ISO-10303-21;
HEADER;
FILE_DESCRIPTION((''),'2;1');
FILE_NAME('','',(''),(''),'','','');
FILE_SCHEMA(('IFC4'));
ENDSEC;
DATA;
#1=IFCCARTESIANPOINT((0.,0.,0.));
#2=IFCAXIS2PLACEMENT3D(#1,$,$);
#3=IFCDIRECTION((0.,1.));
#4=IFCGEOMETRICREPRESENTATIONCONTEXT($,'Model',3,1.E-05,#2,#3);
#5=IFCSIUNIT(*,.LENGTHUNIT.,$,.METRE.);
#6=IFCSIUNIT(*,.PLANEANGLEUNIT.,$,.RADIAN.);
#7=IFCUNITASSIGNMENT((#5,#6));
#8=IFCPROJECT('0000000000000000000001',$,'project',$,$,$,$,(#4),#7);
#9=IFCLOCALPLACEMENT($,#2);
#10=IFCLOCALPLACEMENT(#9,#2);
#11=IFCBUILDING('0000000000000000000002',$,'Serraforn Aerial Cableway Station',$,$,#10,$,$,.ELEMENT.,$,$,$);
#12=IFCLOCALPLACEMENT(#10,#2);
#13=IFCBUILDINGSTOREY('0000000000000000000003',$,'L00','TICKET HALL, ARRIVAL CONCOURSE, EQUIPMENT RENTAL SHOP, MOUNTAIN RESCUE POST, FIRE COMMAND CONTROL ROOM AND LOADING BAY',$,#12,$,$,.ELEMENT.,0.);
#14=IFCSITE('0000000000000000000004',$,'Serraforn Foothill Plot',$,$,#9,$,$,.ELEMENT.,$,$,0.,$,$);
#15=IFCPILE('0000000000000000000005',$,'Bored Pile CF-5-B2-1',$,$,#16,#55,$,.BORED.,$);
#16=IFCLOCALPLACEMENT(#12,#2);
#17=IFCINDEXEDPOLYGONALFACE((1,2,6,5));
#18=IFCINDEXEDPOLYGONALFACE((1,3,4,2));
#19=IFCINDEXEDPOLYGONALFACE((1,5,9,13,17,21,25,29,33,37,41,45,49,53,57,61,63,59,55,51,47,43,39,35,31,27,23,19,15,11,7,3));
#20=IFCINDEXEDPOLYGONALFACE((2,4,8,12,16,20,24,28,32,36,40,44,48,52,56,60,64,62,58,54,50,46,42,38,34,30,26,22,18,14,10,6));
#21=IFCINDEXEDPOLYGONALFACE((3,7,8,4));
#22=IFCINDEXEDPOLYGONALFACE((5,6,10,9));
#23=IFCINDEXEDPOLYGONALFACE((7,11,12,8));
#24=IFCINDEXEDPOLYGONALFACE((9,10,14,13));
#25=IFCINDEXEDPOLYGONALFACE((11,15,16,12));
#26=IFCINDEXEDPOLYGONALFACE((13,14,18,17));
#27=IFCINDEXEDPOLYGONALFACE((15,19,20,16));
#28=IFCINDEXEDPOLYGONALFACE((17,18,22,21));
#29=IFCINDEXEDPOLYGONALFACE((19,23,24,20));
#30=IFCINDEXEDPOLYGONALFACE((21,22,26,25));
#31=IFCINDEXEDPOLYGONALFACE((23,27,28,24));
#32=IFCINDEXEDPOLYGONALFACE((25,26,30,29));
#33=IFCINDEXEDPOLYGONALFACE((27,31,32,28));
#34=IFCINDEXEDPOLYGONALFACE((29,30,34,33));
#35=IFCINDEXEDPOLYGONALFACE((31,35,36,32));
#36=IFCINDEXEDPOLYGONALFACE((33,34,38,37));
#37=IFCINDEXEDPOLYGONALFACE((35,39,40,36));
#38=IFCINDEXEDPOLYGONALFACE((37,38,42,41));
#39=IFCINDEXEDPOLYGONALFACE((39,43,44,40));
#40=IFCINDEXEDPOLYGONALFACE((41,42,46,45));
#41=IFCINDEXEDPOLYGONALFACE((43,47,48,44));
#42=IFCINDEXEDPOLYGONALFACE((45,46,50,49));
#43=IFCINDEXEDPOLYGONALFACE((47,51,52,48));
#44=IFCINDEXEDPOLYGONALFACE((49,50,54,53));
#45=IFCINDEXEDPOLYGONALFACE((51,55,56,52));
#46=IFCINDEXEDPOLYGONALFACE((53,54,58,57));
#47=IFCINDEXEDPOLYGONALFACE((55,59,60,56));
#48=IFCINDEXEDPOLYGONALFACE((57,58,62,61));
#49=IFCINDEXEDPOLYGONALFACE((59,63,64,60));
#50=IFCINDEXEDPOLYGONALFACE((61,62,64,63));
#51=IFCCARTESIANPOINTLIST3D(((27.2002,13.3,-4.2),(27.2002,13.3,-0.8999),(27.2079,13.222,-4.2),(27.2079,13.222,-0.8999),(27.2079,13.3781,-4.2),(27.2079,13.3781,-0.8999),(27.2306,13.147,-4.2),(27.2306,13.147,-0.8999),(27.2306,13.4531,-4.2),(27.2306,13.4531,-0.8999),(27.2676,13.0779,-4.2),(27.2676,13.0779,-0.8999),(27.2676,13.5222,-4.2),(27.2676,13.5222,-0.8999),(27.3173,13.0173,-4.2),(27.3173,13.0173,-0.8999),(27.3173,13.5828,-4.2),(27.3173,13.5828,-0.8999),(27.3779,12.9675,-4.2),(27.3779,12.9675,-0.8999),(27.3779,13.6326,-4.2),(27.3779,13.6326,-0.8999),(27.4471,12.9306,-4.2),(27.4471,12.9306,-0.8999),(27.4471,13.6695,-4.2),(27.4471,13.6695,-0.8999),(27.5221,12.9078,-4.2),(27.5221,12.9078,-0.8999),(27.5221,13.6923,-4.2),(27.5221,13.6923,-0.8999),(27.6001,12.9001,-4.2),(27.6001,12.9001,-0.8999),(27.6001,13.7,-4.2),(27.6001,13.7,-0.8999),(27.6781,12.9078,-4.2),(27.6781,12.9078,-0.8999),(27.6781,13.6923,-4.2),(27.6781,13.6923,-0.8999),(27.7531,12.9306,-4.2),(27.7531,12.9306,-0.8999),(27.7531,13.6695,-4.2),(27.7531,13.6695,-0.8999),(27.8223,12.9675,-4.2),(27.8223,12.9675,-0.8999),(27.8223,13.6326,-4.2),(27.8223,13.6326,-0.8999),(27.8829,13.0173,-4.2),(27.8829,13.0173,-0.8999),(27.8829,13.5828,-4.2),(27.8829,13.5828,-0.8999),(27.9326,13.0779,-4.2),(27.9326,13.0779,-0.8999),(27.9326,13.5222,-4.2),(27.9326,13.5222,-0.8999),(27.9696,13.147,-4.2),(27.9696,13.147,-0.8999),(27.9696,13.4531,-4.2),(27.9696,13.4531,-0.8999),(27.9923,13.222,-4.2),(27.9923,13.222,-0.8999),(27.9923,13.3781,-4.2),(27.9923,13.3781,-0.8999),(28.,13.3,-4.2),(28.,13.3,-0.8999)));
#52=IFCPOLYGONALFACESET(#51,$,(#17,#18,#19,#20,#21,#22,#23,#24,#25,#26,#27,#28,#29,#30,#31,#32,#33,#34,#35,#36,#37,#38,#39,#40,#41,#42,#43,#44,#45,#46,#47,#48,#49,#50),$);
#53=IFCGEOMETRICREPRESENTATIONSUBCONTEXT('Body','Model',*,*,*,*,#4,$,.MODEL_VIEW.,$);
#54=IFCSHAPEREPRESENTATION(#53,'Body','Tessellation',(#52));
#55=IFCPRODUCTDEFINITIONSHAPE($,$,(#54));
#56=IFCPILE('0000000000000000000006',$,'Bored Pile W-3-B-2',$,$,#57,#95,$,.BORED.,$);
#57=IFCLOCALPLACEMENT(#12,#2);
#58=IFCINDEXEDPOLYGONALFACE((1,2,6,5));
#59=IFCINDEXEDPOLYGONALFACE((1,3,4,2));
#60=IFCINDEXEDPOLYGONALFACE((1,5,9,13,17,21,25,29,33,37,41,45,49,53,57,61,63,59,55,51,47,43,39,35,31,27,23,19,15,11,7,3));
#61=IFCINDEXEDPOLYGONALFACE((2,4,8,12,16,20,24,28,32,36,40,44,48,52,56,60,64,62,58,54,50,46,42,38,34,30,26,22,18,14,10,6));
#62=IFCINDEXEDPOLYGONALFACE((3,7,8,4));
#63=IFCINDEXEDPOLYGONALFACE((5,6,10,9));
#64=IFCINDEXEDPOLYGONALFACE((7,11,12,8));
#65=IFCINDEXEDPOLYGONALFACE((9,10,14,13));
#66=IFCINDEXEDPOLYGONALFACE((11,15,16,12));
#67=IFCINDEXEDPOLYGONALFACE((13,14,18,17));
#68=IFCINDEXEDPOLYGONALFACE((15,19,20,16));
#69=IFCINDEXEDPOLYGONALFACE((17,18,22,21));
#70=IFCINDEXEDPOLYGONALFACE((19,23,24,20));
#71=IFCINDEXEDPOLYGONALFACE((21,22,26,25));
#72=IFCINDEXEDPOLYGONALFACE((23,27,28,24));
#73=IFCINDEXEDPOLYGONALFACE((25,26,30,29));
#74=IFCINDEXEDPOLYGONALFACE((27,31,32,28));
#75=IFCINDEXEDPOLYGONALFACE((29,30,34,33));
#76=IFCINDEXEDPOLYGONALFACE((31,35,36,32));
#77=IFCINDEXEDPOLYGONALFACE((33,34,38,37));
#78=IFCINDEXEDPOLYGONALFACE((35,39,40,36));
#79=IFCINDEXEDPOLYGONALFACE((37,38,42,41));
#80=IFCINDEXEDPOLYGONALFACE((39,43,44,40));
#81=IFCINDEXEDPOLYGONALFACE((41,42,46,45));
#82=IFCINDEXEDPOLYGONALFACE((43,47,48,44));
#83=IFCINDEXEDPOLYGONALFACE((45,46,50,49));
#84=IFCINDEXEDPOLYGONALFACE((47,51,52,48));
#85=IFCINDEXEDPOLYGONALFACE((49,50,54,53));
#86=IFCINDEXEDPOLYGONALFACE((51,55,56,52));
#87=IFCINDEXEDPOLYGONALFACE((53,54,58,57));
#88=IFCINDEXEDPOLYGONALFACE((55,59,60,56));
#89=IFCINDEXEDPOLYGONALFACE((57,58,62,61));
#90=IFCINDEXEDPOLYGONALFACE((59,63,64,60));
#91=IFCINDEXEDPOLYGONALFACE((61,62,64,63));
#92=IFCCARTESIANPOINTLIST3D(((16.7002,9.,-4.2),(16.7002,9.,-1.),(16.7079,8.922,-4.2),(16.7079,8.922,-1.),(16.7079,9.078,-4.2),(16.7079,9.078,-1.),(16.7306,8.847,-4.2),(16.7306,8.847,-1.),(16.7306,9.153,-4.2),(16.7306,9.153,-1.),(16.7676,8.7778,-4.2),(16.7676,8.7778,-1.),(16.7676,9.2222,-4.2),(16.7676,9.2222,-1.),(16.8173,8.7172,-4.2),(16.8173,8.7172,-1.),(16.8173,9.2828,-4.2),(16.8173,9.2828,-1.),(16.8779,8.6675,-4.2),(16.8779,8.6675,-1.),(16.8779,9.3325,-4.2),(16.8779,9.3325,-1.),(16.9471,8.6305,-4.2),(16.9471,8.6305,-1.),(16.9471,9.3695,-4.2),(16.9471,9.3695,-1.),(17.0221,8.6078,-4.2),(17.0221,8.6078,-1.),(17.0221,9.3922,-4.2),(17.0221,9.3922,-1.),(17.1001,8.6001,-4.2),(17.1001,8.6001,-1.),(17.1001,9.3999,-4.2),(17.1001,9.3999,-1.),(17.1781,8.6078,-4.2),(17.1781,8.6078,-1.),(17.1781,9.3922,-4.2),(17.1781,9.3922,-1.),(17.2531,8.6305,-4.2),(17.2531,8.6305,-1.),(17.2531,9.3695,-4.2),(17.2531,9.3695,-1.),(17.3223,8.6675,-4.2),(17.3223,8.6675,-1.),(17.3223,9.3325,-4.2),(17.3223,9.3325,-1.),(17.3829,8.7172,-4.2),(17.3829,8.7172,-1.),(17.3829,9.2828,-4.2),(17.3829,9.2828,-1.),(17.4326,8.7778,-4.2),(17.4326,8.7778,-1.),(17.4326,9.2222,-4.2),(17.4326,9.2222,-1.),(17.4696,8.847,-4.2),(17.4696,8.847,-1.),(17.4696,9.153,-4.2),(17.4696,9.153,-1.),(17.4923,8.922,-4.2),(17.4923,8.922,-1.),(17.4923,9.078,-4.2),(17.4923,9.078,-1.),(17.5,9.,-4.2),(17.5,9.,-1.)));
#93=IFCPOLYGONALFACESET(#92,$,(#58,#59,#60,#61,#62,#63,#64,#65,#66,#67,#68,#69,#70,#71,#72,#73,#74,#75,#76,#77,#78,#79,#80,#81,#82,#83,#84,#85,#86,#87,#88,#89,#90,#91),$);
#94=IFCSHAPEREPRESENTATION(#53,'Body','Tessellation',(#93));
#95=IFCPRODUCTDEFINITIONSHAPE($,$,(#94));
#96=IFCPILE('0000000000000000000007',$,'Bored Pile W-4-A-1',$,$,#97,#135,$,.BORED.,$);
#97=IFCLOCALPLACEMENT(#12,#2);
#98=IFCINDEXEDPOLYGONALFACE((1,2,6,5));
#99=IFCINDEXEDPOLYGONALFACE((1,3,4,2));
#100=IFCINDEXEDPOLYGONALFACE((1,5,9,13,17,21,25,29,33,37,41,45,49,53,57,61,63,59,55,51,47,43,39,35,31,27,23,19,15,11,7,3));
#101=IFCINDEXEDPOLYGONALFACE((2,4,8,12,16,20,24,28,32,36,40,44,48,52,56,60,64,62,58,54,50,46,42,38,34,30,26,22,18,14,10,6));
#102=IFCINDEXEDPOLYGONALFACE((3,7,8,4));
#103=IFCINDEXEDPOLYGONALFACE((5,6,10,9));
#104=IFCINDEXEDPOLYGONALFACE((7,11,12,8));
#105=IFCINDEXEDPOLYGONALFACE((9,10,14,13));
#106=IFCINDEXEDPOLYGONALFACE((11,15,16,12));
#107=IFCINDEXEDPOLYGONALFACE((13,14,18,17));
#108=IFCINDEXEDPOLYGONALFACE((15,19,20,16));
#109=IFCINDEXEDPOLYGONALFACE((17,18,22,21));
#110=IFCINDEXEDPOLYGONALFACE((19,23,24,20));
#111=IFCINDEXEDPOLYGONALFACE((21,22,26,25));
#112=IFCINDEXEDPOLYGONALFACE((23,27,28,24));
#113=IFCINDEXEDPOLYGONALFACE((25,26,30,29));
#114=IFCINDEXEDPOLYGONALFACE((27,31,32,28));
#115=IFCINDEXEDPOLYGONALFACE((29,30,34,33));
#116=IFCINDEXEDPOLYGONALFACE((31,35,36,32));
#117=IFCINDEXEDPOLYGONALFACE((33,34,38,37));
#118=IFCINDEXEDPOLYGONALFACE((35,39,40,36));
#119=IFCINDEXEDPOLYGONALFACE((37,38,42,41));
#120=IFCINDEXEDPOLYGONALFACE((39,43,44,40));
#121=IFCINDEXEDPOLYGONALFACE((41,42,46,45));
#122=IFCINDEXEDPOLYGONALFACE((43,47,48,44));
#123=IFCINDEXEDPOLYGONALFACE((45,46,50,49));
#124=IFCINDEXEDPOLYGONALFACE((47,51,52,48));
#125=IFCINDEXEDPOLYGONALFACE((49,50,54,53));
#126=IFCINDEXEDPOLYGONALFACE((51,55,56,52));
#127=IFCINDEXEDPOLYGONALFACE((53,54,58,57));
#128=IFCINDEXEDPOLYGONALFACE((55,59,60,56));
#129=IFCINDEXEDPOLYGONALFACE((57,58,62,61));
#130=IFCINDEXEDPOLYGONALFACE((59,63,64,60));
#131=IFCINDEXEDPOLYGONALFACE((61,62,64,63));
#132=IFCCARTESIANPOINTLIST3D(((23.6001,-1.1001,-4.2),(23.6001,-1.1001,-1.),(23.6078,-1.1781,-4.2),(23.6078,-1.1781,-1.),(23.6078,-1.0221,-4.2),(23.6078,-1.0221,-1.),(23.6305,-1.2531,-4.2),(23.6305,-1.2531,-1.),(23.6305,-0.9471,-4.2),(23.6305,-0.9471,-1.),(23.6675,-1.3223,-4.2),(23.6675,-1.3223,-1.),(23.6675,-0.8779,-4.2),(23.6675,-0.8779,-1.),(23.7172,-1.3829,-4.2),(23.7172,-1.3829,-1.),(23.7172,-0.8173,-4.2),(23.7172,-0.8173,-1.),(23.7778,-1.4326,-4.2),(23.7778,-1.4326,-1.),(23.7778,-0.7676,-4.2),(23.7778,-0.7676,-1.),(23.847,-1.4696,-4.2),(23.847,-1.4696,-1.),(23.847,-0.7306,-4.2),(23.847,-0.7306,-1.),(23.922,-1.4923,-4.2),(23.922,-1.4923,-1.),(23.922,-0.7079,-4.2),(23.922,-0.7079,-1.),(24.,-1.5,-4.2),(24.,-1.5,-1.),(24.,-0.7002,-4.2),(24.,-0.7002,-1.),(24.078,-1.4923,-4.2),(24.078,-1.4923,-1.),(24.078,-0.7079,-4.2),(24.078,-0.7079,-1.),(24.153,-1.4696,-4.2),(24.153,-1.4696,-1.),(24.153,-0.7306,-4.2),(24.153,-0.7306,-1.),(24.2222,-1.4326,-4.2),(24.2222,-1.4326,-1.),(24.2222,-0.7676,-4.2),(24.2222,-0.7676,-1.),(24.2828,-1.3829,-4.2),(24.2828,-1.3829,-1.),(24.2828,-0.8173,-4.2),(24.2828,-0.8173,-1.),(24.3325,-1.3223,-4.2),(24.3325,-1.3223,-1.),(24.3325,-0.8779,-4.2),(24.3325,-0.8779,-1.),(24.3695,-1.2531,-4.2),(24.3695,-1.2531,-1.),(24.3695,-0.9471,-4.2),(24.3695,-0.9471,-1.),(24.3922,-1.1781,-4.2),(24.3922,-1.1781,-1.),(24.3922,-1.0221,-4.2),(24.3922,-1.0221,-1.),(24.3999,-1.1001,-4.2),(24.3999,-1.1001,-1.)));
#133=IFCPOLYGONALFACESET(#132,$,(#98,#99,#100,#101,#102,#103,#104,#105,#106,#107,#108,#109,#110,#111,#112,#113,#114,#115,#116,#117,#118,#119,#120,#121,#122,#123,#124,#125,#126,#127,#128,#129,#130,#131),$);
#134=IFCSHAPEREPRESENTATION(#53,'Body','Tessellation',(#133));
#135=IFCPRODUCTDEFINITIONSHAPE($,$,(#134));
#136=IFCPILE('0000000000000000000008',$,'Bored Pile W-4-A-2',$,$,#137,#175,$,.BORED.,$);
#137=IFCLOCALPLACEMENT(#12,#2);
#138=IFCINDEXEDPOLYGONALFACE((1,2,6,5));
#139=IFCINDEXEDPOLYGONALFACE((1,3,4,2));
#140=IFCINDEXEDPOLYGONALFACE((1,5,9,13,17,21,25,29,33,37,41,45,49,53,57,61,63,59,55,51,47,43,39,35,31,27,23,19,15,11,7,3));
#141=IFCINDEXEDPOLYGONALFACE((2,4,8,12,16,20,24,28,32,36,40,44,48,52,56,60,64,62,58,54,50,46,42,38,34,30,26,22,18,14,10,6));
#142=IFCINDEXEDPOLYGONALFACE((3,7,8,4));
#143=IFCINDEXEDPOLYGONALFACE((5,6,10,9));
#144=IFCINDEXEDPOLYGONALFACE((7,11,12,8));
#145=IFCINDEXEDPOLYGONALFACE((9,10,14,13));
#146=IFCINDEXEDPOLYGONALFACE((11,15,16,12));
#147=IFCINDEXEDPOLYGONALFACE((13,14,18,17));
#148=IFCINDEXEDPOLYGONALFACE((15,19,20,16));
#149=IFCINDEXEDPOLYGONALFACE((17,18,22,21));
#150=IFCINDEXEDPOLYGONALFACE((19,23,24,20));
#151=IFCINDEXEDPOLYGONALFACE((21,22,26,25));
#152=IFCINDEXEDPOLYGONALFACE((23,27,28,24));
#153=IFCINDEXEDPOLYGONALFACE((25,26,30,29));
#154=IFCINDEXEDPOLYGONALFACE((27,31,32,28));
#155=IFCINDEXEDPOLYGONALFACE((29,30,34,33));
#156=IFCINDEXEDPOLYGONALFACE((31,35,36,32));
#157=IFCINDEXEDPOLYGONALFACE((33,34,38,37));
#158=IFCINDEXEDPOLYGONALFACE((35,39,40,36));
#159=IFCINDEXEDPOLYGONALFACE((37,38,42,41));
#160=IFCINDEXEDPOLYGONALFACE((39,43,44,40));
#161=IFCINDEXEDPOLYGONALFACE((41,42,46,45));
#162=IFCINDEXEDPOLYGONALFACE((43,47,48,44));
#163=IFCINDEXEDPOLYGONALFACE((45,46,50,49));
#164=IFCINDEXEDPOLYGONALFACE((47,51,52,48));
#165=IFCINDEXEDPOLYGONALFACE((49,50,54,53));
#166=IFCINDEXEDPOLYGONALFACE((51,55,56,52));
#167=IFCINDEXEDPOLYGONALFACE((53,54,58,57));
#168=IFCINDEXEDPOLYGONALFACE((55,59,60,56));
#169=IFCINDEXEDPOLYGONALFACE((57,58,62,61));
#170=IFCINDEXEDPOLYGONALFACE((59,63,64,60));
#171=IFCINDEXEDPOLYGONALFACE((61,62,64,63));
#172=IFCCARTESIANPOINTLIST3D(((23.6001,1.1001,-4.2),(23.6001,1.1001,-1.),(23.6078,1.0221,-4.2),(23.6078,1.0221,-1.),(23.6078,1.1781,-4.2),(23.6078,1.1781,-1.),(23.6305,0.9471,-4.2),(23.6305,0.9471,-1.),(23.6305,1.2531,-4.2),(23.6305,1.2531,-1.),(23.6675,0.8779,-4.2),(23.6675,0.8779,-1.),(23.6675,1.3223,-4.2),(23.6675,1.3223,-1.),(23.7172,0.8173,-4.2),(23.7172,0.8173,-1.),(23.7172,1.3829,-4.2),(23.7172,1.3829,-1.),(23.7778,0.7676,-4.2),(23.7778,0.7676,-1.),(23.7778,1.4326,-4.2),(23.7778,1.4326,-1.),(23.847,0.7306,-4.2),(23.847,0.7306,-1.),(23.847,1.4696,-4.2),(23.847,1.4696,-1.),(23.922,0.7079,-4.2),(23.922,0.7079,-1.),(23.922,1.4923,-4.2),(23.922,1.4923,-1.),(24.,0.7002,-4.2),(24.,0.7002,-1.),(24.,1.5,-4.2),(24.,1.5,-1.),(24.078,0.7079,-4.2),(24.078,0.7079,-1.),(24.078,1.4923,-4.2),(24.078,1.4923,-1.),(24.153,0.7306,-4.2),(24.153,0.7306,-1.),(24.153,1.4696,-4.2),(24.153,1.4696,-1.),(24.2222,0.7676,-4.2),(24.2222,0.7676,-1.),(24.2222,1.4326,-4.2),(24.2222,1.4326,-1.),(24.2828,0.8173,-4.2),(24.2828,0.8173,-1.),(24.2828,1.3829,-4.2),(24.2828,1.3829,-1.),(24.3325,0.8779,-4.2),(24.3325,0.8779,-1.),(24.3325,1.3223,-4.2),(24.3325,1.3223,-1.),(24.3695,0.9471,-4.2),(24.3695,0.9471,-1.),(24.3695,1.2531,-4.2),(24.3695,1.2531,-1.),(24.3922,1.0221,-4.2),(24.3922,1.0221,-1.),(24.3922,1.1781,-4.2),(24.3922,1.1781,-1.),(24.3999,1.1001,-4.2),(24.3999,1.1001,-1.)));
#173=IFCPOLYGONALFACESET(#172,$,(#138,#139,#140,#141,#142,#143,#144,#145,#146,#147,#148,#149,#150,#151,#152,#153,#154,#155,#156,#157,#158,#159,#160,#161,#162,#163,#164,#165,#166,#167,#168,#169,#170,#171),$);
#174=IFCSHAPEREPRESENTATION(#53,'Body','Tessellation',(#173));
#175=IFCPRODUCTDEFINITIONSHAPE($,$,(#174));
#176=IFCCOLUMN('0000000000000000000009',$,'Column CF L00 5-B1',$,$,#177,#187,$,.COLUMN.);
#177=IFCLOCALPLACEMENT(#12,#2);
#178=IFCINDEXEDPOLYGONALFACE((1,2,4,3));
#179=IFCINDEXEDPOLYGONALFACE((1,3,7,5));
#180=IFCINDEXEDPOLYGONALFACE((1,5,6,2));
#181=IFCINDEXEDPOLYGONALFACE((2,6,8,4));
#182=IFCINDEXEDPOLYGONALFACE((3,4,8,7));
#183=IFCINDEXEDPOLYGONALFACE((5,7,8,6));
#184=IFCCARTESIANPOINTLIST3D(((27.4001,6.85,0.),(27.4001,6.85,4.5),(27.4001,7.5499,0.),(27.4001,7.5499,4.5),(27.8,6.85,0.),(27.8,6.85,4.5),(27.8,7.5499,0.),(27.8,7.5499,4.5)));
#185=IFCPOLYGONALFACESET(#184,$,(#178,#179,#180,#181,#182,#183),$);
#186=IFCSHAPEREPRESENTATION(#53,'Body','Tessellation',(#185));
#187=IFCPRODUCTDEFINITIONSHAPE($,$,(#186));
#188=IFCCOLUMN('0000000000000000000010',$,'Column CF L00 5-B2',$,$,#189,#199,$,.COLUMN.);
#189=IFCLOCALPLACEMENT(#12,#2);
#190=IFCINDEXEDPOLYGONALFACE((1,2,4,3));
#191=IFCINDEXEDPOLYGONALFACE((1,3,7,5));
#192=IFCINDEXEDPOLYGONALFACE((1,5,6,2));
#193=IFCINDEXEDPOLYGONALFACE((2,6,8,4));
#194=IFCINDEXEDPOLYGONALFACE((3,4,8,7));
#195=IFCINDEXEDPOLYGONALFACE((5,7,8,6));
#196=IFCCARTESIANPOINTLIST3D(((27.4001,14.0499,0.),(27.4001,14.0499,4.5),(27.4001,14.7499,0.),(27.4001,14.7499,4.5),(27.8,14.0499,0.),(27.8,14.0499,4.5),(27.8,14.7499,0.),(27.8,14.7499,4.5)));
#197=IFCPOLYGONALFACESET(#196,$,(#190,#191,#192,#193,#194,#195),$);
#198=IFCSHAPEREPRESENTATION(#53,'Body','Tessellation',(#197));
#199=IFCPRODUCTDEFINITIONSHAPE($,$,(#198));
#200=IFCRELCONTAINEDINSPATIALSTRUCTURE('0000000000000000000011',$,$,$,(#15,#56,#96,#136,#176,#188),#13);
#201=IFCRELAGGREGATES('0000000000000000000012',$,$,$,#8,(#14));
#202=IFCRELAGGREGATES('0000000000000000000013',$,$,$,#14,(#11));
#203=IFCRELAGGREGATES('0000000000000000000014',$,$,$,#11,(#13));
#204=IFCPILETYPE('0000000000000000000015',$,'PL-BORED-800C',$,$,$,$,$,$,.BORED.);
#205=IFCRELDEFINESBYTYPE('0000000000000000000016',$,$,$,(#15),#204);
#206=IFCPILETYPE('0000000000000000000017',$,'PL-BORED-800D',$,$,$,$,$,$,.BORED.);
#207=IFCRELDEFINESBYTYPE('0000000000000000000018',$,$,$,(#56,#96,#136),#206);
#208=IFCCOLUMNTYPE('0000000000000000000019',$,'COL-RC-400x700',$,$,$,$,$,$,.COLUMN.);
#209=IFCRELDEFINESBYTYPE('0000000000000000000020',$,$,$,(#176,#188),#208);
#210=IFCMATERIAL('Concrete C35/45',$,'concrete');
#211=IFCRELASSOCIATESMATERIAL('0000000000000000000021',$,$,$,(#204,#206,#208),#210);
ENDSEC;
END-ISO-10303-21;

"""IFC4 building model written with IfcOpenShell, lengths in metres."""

from ifc_helpers import new_model, si_unit, direction, frame, origin, origin_2d, place, context, subcontext, project, spatial, rectangle, circle, extrude, material, material_profile, profile_set, type_object, element, save


model = new_model("IFC4")

# Units and contexts
model_context = context("Model", 3, precision=1e-05, world=origin(), true_north=direction((0.0, 1.0)))
body_context = subcontext(model_context, "Body", "Model", "MODEL_VIEW")
ifc_project = project(units=[si_unit("LENGTHUNIT", "METRE"), si_unit("PLANEANGLEUNIT", "RADIAN")], contexts=[model_context])

# Site, building, storey
site_placement = place(None, origin())
site = spatial("IfcSite", under=ifc_project, at=site_placement, Name="Serraforn Foothill Plot", CompositionType="ELEMENT", RefElevation=0.0)
building_placement = place(site_placement, origin())
building = spatial("IfcBuilding", under=site, at=building_placement, Name="Serraforn Aerial Cableway Station", CompositionType="ELEMENT")
storey_placement = place(building_placement, origin())
storey = spatial("IfcBuildingStorey", under=building, at=storey_placement, Name="L00", Description="TICKET HALL, ARRIVAL CONCOURSE, EQUIPMENT RENTAL SHOP, MOUNTAIN RESCUE POST, FIRE COMMAND CONTROL ROOM AND LOADING BAY", CompositionType="ELEMENT", Elevation=0.0)

# Shared definitions
ifc_material_1 = material(Name="Concrete C35/45", Category="concrete")

# Piles
ifc_material_profile_1 = material_profile(ifc_material_1, circle(Radius=0.3999, at=origin_2d()), Name="BORED PILE D800")
ifc_profile_set_1 = profile_set([ifc_material_profile_1], Name="Concrete C35/45")
pile_type_1 = type_object("IfcPileType", Name="PL-BORED-800C", PredefinedType="BORED", material=ifc_profile_set_1)
for number, where, z_axis, x_axis, name in (
    (1, (27.6001, 13.3, -0.8999), (0.0, 0.0, -1.0), (1.0, 0.0, 0.0), "Bored Pile CF-5-B2-1"),
):
    element("IfcPile", number, at=place(storey_placement, frame(where, z_axis=z_axis, x_axis=x_axis)), inside=storey, type_object=pile_type_1, Name=name, PredefinedType="BORED", context=body_context, shape_type="SweptSolid", body=[
        extrude(circle(Radius=0.3999, at=origin_2d()), origin(), (0.0, 0.0, 1.0), 3.3),
    ])
ifc_material_profile_2 = material_profile(ifc_material_1, circle(Radius=0.3999, at=origin_2d()), Name="BORED PILE D800")
ifc_profile_set_2 = profile_set([ifc_material_profile_2], Name="Concrete C35/45")
pile_type_2 = type_object("IfcPileType", Name="PL-BORED-800D", PredefinedType="BORED", material=ifc_profile_set_2)
for number, where, z_axis, x_axis, name in (
    (2, (17.1001, 9.0, -1.0), (0.0, 0.0, -1.0), (1.0, 0.0, 0.0), "Bored Pile W-3-B-2"),
    (3, (24.0, -1.1001, -1.0), (0.0, 0.0, -1.0), (1.0, 0.0, 0.0), "Bored Pile W-4-A-1"),
    (4, (24.0, 1.1001, -1.0), (0.0, 0.0, -1.0), (1.0, 0.0, 0.0), "Bored Pile W-4-A-2"),
):
    element("IfcPile", number, at=place(storey_placement, frame(where, z_axis=z_axis, x_axis=x_axis)), inside=storey, type_object=pile_type_2, Name=name, PredefinedType="BORED", context=body_context, shape_type="SweptSolid", body=[
        extrude(circle(Radius=0.3999, at=origin_2d()), origin(), (0.0, 0.0, 1.0), 3.2),
    ])

# Columns
ifc_material_profile_3 = material_profile(ifc_material_1, rectangle(XDim=0.3999, YDim=0.7, at=origin_2d()), Name="RC 400x700")
ifc_profile_set_3 = profile_set([ifc_material_profile_3], Name="Concrete C35/45")
column_type_1 = type_object("IfcColumnType", Name="COL-RC-400x700", PredefinedType="COLUMN", material=ifc_profile_set_3)
for number, where, z_axis, x_axis, name in (
    (5, (27.6001, 7.2, 0.0), (0.0, 0.0, 1.0), (1.0, 0.0, 0.0), "Column CF L00 5-B1"),
    (6, (27.6001, 14.3999, 0.0), (0.0, 0.0, 1.0), (1.0, 0.0, 0.0), "Column CF L00 5-B2"),
):
    element("IfcColumn", number, at=place(storey_placement, frame(where, z_axis=z_axis, x_axis=x_axis)), inside=storey, type_object=column_type_1, Name=name, PredefinedType="COLUMN", context=body_context, shape_type="SweptSolid", body=[
        extrude(rectangle(XDim=0.3999, YDim=0.7, at=origin_2d()), origin(), (0.0, 0.0, 1.0), 4.5),
    ])

save(model, "model.ifc")
